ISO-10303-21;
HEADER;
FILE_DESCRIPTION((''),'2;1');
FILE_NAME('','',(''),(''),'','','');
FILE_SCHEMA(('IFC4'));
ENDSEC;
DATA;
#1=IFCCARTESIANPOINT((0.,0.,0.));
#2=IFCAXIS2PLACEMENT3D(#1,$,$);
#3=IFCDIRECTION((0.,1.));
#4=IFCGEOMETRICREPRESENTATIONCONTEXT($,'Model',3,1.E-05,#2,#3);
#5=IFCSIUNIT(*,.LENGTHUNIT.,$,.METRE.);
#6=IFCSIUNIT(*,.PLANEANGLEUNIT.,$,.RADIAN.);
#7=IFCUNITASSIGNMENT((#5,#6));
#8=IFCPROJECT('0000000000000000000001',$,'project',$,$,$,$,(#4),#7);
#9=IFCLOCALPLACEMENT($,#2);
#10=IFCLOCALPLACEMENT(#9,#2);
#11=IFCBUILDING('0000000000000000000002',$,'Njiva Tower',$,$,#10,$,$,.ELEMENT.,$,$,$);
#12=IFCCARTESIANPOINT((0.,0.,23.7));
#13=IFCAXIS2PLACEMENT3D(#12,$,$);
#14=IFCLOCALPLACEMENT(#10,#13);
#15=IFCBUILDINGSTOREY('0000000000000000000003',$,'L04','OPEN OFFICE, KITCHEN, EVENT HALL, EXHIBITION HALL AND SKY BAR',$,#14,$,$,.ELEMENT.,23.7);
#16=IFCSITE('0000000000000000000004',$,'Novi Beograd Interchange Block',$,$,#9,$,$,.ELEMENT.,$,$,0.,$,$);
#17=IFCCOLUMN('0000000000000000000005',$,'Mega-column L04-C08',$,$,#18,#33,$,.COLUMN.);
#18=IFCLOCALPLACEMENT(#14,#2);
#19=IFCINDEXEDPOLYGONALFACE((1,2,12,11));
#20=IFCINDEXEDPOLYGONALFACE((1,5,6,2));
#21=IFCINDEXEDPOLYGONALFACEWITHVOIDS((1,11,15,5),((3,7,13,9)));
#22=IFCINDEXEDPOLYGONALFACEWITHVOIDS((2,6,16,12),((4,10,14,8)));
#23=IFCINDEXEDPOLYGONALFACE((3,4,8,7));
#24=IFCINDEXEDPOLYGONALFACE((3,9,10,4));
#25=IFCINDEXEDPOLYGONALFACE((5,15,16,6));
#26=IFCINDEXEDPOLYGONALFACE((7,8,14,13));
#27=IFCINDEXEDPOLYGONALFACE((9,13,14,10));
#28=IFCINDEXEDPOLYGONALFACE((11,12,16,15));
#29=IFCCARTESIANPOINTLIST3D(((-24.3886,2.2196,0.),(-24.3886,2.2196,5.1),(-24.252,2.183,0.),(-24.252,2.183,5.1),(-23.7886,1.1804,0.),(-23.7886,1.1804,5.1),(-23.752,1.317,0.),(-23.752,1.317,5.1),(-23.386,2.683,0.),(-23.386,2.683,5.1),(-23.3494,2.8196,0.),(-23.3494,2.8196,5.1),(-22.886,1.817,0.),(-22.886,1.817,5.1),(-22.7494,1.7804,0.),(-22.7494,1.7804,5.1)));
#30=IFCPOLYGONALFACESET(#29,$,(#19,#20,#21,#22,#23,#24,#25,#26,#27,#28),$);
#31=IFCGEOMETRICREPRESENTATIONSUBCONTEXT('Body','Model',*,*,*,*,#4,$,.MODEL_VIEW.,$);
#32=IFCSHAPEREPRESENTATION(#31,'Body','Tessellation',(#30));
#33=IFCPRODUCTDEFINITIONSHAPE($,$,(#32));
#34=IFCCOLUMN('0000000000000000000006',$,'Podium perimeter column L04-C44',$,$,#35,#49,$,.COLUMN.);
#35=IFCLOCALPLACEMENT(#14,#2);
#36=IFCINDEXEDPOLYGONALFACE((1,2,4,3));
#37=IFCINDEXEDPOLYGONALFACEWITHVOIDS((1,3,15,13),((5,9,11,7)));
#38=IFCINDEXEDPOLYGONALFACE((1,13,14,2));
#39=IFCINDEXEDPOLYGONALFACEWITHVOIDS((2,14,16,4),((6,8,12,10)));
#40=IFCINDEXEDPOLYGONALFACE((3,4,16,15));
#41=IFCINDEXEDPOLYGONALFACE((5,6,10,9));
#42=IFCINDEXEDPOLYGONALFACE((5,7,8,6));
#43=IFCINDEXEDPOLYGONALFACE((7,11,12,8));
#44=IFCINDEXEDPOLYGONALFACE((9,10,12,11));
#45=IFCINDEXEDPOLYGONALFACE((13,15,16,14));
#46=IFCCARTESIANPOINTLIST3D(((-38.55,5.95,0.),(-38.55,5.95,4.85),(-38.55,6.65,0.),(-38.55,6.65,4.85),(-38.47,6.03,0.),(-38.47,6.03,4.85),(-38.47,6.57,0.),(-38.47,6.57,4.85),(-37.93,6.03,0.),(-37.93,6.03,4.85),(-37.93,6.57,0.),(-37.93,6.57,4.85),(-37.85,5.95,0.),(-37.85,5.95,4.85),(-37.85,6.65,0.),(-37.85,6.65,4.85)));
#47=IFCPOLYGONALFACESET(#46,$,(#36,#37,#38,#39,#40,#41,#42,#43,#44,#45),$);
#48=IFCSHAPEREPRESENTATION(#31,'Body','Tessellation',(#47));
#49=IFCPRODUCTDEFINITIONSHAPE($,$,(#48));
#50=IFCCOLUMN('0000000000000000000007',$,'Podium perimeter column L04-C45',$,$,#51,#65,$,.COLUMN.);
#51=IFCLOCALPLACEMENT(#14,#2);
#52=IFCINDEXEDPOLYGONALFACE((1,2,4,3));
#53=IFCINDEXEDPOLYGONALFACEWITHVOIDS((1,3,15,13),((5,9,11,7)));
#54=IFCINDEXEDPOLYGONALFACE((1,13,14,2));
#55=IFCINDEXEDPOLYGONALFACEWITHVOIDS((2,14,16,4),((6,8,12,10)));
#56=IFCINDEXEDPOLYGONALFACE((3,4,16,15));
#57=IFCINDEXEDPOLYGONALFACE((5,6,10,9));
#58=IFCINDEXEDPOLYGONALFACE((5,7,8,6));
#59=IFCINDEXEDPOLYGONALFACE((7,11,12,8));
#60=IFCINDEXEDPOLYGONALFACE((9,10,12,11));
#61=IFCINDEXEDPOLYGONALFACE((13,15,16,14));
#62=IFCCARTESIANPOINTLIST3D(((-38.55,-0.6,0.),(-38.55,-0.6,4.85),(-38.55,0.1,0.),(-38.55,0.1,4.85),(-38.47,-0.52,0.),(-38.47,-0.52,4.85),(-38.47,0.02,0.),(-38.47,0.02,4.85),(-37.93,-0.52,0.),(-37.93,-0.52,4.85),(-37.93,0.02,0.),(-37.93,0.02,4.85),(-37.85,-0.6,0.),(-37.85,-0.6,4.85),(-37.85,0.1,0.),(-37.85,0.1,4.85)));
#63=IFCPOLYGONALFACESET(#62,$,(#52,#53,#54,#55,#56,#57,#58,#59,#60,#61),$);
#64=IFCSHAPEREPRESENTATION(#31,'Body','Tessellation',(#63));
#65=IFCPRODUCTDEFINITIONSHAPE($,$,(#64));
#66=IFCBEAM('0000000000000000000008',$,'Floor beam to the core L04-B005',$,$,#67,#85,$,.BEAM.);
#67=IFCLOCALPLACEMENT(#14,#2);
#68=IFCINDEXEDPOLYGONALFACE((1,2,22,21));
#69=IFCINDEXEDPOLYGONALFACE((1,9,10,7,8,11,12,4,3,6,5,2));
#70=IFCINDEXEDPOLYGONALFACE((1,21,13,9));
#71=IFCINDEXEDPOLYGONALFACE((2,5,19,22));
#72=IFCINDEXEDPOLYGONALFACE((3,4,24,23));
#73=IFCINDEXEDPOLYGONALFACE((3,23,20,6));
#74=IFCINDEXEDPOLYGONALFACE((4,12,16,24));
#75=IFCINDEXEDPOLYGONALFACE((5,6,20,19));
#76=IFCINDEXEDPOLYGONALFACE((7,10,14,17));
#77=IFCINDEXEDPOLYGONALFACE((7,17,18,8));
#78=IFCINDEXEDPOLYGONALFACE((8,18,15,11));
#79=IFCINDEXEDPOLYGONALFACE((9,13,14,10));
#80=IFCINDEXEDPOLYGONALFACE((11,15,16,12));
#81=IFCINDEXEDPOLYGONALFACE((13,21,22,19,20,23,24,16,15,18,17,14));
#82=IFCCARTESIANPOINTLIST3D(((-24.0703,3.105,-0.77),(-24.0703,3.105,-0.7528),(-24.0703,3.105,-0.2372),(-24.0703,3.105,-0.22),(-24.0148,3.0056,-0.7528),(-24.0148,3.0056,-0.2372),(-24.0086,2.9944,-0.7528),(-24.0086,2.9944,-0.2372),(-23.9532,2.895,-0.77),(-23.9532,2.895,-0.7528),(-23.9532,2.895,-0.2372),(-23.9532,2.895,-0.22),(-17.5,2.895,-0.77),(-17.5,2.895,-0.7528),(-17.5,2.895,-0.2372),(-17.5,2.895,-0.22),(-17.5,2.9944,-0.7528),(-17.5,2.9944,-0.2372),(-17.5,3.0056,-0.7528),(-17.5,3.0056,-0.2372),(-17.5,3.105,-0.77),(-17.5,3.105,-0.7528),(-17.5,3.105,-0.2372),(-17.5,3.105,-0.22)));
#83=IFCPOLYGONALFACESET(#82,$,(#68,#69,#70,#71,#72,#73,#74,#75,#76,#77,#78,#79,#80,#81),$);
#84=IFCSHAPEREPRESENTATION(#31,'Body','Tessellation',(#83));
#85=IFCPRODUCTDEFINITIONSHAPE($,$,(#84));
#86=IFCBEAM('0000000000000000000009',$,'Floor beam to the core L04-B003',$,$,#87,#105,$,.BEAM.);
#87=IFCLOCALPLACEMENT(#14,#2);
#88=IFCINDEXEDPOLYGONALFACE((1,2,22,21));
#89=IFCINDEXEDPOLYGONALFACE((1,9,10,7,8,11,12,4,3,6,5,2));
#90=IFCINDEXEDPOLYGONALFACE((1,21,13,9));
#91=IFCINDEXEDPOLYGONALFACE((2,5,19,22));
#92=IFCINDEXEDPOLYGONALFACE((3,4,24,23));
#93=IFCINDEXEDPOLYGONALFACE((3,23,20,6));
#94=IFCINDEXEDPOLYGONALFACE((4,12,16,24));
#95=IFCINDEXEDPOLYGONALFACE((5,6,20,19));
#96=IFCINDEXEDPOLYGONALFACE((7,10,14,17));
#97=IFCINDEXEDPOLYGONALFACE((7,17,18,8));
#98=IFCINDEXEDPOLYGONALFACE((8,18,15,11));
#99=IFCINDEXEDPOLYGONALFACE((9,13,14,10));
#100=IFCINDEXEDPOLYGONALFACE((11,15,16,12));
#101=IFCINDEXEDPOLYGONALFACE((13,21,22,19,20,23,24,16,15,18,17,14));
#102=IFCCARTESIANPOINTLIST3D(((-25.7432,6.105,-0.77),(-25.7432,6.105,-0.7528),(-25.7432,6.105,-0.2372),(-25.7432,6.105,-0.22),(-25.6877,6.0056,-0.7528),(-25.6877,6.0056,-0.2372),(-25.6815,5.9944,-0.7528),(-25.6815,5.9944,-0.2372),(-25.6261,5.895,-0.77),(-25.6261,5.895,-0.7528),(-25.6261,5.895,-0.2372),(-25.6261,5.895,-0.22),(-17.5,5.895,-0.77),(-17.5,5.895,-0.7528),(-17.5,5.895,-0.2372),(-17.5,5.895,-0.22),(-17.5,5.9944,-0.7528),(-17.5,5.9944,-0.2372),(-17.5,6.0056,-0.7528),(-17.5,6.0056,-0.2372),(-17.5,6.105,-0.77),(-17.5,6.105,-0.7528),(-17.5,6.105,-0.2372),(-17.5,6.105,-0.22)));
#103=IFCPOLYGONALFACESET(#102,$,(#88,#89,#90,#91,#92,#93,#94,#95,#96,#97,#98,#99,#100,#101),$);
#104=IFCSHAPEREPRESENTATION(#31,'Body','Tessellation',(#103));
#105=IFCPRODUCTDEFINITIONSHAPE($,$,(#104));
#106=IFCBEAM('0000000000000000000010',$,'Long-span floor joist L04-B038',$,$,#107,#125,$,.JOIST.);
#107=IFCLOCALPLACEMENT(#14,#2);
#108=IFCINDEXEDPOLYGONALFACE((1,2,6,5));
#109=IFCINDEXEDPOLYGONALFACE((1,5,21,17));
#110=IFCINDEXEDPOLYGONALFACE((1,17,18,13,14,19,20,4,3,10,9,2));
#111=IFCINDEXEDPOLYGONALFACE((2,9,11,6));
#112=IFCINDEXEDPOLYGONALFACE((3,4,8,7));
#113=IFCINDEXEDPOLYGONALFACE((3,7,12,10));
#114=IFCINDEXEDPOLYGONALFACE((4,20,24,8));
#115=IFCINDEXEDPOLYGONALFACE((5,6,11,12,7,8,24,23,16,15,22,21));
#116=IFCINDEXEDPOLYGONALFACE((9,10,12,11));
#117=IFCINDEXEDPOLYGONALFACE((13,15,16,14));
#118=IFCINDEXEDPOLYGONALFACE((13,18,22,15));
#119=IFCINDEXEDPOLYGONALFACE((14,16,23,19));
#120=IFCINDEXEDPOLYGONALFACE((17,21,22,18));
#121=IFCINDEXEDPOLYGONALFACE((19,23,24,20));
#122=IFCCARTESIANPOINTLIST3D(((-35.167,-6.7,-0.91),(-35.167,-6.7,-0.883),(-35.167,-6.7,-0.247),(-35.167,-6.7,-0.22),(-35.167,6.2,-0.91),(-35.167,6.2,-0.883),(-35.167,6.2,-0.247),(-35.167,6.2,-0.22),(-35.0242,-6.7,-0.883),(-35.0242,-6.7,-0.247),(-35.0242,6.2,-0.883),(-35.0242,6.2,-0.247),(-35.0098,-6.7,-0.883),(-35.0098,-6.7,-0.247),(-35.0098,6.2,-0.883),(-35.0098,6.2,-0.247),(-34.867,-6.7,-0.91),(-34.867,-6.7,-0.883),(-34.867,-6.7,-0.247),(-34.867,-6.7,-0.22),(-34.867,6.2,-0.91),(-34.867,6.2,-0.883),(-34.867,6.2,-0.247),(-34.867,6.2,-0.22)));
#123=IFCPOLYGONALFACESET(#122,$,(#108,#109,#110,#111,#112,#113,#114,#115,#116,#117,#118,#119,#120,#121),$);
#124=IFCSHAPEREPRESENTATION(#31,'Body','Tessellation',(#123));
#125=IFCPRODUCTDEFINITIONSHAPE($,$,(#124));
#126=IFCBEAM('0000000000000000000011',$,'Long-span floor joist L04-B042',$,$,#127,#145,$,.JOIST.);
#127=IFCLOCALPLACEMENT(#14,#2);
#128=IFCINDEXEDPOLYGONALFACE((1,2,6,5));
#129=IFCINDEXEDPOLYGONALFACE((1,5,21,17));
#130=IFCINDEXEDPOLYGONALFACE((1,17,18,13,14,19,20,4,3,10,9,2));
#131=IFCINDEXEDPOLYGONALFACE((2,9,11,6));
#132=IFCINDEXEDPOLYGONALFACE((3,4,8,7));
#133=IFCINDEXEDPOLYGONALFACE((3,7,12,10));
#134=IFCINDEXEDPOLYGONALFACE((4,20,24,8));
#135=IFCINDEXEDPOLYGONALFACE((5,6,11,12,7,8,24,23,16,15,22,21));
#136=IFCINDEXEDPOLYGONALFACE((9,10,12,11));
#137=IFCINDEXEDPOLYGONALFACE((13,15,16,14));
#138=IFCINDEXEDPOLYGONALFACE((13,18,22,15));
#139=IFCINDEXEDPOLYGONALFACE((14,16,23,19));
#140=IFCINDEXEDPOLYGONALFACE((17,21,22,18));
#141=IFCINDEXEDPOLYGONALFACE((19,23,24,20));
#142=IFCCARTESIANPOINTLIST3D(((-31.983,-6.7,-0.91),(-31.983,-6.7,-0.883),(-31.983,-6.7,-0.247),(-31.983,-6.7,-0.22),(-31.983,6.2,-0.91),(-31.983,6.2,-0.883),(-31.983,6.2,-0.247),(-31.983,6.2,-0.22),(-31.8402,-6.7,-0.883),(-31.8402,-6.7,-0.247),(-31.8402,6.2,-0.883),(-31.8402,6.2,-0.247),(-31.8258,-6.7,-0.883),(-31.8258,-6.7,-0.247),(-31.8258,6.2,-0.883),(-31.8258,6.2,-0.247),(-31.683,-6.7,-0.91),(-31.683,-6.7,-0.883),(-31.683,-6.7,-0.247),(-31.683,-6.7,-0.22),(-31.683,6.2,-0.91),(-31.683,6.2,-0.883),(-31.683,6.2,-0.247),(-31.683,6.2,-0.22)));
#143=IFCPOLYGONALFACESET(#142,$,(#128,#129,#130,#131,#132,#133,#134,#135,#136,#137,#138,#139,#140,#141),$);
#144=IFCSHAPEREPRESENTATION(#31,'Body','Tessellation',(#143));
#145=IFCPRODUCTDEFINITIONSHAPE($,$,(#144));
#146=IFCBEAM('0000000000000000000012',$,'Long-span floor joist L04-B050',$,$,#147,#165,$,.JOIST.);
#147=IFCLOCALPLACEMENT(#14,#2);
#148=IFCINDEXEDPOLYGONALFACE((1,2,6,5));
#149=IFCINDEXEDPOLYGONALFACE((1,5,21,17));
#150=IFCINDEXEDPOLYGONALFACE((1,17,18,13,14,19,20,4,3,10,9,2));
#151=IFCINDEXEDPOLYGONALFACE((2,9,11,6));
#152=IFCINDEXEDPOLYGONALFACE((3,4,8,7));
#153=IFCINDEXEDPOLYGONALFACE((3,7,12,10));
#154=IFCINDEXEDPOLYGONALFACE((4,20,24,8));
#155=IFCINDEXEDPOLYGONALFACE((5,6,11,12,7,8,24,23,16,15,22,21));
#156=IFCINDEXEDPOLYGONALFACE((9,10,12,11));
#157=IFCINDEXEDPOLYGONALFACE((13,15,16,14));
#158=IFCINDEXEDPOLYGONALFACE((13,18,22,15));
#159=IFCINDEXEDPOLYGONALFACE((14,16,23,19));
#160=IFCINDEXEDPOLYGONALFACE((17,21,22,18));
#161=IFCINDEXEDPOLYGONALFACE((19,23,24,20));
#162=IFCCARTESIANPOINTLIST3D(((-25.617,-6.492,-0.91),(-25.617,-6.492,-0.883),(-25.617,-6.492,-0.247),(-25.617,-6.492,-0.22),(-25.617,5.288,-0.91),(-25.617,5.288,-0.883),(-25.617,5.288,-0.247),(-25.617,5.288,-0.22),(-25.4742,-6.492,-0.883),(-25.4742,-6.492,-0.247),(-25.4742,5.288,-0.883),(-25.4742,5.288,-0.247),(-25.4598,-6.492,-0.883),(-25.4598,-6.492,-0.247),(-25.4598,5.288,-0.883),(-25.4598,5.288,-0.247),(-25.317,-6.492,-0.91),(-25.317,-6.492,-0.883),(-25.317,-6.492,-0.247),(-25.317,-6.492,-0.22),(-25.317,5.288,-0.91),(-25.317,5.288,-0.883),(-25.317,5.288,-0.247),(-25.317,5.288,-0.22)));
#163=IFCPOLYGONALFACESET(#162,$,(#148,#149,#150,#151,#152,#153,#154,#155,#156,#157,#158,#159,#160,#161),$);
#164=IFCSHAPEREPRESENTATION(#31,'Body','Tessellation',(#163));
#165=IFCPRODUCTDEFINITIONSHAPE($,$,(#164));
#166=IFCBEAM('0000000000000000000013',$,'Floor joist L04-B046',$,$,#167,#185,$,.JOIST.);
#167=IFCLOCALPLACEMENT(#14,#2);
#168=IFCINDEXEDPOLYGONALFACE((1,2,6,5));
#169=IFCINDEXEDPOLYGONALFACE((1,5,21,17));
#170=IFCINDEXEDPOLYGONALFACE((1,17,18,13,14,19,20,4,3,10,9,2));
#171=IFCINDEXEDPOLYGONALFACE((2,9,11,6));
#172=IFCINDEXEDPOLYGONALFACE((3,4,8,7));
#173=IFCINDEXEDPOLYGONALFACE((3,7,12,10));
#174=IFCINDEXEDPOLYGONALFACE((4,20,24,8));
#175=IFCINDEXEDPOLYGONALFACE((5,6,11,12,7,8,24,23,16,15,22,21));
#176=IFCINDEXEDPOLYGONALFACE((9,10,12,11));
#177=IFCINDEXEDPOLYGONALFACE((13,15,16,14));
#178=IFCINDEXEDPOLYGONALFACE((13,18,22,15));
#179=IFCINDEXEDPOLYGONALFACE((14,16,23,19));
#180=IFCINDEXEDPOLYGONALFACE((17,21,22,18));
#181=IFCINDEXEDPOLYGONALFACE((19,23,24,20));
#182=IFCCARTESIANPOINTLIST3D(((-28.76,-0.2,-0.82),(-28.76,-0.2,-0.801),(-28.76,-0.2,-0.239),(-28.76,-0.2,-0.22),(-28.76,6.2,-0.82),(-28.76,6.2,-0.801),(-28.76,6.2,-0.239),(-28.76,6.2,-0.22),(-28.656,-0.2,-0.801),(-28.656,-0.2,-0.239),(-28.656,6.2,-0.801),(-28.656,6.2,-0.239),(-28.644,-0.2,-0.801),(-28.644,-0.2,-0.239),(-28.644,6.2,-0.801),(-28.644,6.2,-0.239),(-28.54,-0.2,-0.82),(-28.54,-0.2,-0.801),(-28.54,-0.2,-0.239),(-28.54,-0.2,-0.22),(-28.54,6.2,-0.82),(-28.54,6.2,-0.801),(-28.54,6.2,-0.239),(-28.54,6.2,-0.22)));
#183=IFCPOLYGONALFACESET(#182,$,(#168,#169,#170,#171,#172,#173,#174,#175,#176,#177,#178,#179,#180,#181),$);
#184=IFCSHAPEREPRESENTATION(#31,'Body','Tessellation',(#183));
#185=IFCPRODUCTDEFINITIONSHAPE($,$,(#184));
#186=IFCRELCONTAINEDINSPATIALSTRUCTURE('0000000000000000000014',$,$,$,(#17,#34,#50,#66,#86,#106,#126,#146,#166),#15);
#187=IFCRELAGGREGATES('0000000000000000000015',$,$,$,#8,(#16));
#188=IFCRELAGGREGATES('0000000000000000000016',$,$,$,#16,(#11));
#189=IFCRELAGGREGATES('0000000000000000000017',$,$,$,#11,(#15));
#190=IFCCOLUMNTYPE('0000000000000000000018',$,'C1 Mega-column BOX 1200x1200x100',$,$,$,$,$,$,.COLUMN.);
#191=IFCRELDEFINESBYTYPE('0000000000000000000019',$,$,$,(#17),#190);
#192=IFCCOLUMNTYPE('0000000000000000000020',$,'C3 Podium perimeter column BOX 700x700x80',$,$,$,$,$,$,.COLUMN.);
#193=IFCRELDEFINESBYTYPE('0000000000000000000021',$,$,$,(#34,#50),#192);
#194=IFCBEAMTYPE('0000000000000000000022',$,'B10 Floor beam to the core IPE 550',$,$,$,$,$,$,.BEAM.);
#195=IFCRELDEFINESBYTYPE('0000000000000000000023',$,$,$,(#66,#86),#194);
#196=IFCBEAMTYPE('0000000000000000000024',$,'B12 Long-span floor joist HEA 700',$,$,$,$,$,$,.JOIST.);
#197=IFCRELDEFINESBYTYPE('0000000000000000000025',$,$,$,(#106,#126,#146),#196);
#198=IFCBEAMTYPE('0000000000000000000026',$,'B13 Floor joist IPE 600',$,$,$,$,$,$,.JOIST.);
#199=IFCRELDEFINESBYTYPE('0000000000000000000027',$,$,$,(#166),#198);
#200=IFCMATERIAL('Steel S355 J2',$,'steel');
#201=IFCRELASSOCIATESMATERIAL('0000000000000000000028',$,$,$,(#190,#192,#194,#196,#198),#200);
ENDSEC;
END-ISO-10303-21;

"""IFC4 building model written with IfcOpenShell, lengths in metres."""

from ifc_helpers import new_model, si_unit, direction, frame, origin, origin_2d, place, context, subcontext, project, spatial, hollow_rectangle, i_section, extrude, clip, halfspace, material, material_profile, profile_set, type_object, element, save


model = new_model("IFC4")

# Units and contexts
model_context = context("Model", 3, precision=1e-05, world=origin(), true_north=direction((0.0, 1.0)))
body_context = subcontext(model_context, "Body", "Model", "MODEL_VIEW")
ifc_project = project(units=[si_unit("LENGTHUNIT", "METRE"), si_unit("PLANEANGLEUNIT", "RADIAN")], contexts=[model_context])

# Site, building, storey
site_placement = place(None, origin())
site = spatial("IfcSite", under=ifc_project, at=site_placement, Name="Novi Beograd Interchange Block", CompositionType="ELEMENT", RefElevation=0.0)
building_placement = place(site_placement, origin())
building = spatial("IfcBuilding", under=site, at=building_placement, Name="Njiva Tower", CompositionType="ELEMENT")
storey_placement = place(building_placement, frame((0.0, 0.0, 23.7)))
storey = spatial("IfcBuildingStorey", under=building, at=storey_placement, Name="L04", Description="OPEN OFFICE, KITCHEN, EVENT HALL, EXHIBITION HALL AND SKY BAR", CompositionType="ELEMENT", Elevation=23.7)

# Columns
ifc_material_1 = material(Name="Steel S355 J2", Category="steel")
ifc_material_profile_1 = material_profile(ifc_material_1, hollow_rectangle(XDim=1.2, YDim=1.2, WallThickness=0.1, at=origin_2d()), Name="BOX 1200x1200x100")
ifc_profile_set_1 = profile_set([ifc_material_profile_1], Name="Steel S355 J2")
column_type_1 = type_object("IfcColumnType", Name="C1 Mega-column BOX 1200x1200x100", PredefinedType="COLUMN", material=ifc_profile_set_1)
column_placement = place(storey_placement, frame((-23.569, 2.0, 0.0), z_axis=(0.0, 0.0, 1.0), x_axis=(0.5, -0.866025, 0.0)))
element("IfcColumn", 1, at=column_placement, inside=storey, type_object=column_type_1, Name="Mega-column L04-C08", PredefinedType="COLUMN", context=body_context, shape_type="SweptSolid", body=[
    extrude(hollow_rectangle(XDim=1.2, YDim=1.2, WallThickness=0.1, at=origin_2d()), origin(), (0.0, 0.0, 1.0), 5.1),
])
ifc_material_profile_2 = material_profile(ifc_material_1, hollow_rectangle(XDim=0.7, YDim=0.7, WallThickness=0.08, at=origin_2d()), Name="BOX 700x700x80")
ifc_profile_set_2 = profile_set([ifc_material_profile_2], Name="Steel S355 J2")
column_type_2 = type_object("IfcColumnType", Name="C3 Podium perimeter column BOX 700x700x80", PredefinedType="COLUMN", material=ifc_profile_set_2)
for number, where, z_axis, x_axis, name in (
    (2, (-38.2, 6.3, 0.0), (0.0, 0.0, 1.0), (0.0, -1.0, 0.0), "Podium perimeter column L04-C44"),
    (3, (-38.2, -0.25, 0.0), (0.0, 0.0, 1.0), (0.0, -1.0, 0.0), "Podium perimeter column L04-C45"),
):
    element("IfcColumn", number, at=place(storey_placement, frame(where, z_axis=z_axis, x_axis=x_axis)), inside=storey, type_object=column_type_2, Name=name, PredefinedType="COLUMN", context=body_context, shape_type="SweptSolid", body=[
        extrude(hollow_rectangle(XDim=0.7, YDim=0.7, WallThickness=0.08, at=origin_2d()), origin(), (0.0, 0.0, 1.0), 4.85),
    ])

# Beams
ifc_material_profile_3 = material_profile(ifc_material_1, i_section(OverallWidth=0.21, OverallDepth=0.55, WebThickness=0.0111, FlangeThickness=0.0172, at=origin_2d()), Name="IPE 550")
ifc_profile_set_3 = profile_set([ifc_material_profile_3], Name="Steel S355 J2")
beam_type_1 = type_object("IfcBeamType", Name="B10 Floor beam to the core IPE 550", PredefinedType="BEAM", material=ifc_profile_set_3)
beam_1_placement = place(storey_placement, frame((-24.091, 3.0, -0.495), z_axis=(1.0, 0.0, 0.0), x_axis=(0.0, 1.0, 0.0)))
element("IfcBeam", 4, at=beam_1_placement, inside=storey, type_object=beam_type_1, Name="Floor beam to the core L04-B005", PredefinedType="BEAM", context=body_context, shape_type="Clipping", body=[
    clip(extrude(i_section(OverallWidth=0.21, OverallDepth=0.55, WebThickness=0.0111, FlangeThickness=0.0172, at=origin_2d()), origin(), (0.0, 0.0, 1.0), 6.591), halfspace(frame((-0.0244, 0.0, 0.0929), z_axis=(-0.487052, 0.0, -0.873373), x_axis=(0.0, -1.0, 0.0)), False)),
])
beam_2_placement = place(storey_placement, frame((-25.764, 6.0, -0.495), z_axis=(1.0, 0.0, 0.0), x_axis=(0.0, 1.0, 0.0)))
element("IfcBeam", 5, at=beam_2_placement, inside=storey, type_object=beam_type_1, Name="Floor beam to the core L04-B003", PredefinedType="BEAM", context=body_context, shape_type="Clipping", body=[
    clip(extrude(i_section(OverallWidth=0.21, OverallDepth=0.55, WebThickness=0.0111, FlangeThickness=0.0172, at=origin_2d()), origin(), (0.0, 0.0, 1.0), 8.264), halfspace(frame((-0.0244, 0.0, 0.093), z_axis=(-0.487052, 0.0, -0.873373), x_axis=(0.0, -1.0, 0.0)), False)),
])
ifc_material_profile_4 = material_profile(ifc_material_1, i_section(OverallWidth=0.3, OverallDepth=0.69, WebThickness=0.0145, FlangeThickness=0.027, at=origin_2d()), Name="HEA 700")
ifc_profile_set_4 = profile_set([ifc_material_profile_4], Name="Steel S355 J2")
beam_type_2 = type_object("IfcBeamType", Name="B12 Long-span floor joist HEA 700", PredefinedType="JOIST", material=ifc_profile_set_4)
for number, where, z_axis, x_axis, name in (
    (6, (-35.017, 6.2, -0.565), (0.0, -1.0, 0.0), (1.0, 0.0, 0.0), "Long-span floor joist L04-B038"),
    (7, (-31.833, 6.2, -0.565), (0.0, -1.0, 0.0), (1.0, 0.0, 0.0), "Long-span floor joist L04-B042"),
):
    element("IfcBeam", number, at=place(storey_placement, frame(where, z_axis=z_axis, x_axis=x_axis)), inside=storey, type_object=beam_type_2, Name=name, PredefinedType="JOIST", context=body_context, shape_type="SweptSolid", body=[
        extrude(i_section(OverallWidth=0.3, OverallDepth=0.69, WebThickness=0.0145, FlangeThickness=0.027, at=origin_2d()), origin(), (0.0, 0.0, 1.0), 12.9),
    ])
beam_3_placement = place(storey_placement, frame((-25.467, 5.288, -0.565), z_axis=(0.0, -1.0, 0.0), x_axis=(1.0, 0.0, 0.0)))
element("IfcBeam", 8, at=beam_3_placement, inside=storey, type_object=beam_type_2, Name="Long-span floor joist L04-B050", PredefinedType="JOIST", context=body_context, shape_type="SweptSolid", body=[
    extrude(i_section(OverallWidth=0.3, OverallDepth=0.69, WebThickness=0.0145, FlangeThickness=0.027, at=origin_2d()), origin(), (0.0, 0.0, 1.0), 11.78),
])
ifc_material_profile_5 = material_profile(ifc_material_1, i_section(OverallWidth=0.22, OverallDepth=0.6, WebThickness=0.012, FlangeThickness=0.019, at=origin_2d()), Name="IPE 600")
ifc_profile_set_5 = profile_set([ifc_material_profile_5], Name="Steel S355 J2")
beam_type_3 = type_object("IfcBeamType", Name="B13 Floor joist IPE 600", PredefinedType="JOIST", material=ifc_profile_set_5)
beam_4_placement = place(storey_placement, frame((-28.65, 6.2, -0.52), z_axis=(0.0, -1.0, 0.0), x_axis=(1.0, 0.0, 0.0)))
element("IfcBeam", 9, at=beam_4_placement, inside=storey, type_object=beam_type_3, Name="Floor joist L04-B046", PredefinedType="JOIST", context=body_context, shape_type="SweptSolid", body=[
    extrude(i_section(OverallWidth=0.22, OverallDepth=0.6, WebThickness=0.012, FlangeThickness=0.019, at=origin_2d()), origin(), (0.0, 0.0, 1.0), 6.4),
])

save(model, "model.ifc")
